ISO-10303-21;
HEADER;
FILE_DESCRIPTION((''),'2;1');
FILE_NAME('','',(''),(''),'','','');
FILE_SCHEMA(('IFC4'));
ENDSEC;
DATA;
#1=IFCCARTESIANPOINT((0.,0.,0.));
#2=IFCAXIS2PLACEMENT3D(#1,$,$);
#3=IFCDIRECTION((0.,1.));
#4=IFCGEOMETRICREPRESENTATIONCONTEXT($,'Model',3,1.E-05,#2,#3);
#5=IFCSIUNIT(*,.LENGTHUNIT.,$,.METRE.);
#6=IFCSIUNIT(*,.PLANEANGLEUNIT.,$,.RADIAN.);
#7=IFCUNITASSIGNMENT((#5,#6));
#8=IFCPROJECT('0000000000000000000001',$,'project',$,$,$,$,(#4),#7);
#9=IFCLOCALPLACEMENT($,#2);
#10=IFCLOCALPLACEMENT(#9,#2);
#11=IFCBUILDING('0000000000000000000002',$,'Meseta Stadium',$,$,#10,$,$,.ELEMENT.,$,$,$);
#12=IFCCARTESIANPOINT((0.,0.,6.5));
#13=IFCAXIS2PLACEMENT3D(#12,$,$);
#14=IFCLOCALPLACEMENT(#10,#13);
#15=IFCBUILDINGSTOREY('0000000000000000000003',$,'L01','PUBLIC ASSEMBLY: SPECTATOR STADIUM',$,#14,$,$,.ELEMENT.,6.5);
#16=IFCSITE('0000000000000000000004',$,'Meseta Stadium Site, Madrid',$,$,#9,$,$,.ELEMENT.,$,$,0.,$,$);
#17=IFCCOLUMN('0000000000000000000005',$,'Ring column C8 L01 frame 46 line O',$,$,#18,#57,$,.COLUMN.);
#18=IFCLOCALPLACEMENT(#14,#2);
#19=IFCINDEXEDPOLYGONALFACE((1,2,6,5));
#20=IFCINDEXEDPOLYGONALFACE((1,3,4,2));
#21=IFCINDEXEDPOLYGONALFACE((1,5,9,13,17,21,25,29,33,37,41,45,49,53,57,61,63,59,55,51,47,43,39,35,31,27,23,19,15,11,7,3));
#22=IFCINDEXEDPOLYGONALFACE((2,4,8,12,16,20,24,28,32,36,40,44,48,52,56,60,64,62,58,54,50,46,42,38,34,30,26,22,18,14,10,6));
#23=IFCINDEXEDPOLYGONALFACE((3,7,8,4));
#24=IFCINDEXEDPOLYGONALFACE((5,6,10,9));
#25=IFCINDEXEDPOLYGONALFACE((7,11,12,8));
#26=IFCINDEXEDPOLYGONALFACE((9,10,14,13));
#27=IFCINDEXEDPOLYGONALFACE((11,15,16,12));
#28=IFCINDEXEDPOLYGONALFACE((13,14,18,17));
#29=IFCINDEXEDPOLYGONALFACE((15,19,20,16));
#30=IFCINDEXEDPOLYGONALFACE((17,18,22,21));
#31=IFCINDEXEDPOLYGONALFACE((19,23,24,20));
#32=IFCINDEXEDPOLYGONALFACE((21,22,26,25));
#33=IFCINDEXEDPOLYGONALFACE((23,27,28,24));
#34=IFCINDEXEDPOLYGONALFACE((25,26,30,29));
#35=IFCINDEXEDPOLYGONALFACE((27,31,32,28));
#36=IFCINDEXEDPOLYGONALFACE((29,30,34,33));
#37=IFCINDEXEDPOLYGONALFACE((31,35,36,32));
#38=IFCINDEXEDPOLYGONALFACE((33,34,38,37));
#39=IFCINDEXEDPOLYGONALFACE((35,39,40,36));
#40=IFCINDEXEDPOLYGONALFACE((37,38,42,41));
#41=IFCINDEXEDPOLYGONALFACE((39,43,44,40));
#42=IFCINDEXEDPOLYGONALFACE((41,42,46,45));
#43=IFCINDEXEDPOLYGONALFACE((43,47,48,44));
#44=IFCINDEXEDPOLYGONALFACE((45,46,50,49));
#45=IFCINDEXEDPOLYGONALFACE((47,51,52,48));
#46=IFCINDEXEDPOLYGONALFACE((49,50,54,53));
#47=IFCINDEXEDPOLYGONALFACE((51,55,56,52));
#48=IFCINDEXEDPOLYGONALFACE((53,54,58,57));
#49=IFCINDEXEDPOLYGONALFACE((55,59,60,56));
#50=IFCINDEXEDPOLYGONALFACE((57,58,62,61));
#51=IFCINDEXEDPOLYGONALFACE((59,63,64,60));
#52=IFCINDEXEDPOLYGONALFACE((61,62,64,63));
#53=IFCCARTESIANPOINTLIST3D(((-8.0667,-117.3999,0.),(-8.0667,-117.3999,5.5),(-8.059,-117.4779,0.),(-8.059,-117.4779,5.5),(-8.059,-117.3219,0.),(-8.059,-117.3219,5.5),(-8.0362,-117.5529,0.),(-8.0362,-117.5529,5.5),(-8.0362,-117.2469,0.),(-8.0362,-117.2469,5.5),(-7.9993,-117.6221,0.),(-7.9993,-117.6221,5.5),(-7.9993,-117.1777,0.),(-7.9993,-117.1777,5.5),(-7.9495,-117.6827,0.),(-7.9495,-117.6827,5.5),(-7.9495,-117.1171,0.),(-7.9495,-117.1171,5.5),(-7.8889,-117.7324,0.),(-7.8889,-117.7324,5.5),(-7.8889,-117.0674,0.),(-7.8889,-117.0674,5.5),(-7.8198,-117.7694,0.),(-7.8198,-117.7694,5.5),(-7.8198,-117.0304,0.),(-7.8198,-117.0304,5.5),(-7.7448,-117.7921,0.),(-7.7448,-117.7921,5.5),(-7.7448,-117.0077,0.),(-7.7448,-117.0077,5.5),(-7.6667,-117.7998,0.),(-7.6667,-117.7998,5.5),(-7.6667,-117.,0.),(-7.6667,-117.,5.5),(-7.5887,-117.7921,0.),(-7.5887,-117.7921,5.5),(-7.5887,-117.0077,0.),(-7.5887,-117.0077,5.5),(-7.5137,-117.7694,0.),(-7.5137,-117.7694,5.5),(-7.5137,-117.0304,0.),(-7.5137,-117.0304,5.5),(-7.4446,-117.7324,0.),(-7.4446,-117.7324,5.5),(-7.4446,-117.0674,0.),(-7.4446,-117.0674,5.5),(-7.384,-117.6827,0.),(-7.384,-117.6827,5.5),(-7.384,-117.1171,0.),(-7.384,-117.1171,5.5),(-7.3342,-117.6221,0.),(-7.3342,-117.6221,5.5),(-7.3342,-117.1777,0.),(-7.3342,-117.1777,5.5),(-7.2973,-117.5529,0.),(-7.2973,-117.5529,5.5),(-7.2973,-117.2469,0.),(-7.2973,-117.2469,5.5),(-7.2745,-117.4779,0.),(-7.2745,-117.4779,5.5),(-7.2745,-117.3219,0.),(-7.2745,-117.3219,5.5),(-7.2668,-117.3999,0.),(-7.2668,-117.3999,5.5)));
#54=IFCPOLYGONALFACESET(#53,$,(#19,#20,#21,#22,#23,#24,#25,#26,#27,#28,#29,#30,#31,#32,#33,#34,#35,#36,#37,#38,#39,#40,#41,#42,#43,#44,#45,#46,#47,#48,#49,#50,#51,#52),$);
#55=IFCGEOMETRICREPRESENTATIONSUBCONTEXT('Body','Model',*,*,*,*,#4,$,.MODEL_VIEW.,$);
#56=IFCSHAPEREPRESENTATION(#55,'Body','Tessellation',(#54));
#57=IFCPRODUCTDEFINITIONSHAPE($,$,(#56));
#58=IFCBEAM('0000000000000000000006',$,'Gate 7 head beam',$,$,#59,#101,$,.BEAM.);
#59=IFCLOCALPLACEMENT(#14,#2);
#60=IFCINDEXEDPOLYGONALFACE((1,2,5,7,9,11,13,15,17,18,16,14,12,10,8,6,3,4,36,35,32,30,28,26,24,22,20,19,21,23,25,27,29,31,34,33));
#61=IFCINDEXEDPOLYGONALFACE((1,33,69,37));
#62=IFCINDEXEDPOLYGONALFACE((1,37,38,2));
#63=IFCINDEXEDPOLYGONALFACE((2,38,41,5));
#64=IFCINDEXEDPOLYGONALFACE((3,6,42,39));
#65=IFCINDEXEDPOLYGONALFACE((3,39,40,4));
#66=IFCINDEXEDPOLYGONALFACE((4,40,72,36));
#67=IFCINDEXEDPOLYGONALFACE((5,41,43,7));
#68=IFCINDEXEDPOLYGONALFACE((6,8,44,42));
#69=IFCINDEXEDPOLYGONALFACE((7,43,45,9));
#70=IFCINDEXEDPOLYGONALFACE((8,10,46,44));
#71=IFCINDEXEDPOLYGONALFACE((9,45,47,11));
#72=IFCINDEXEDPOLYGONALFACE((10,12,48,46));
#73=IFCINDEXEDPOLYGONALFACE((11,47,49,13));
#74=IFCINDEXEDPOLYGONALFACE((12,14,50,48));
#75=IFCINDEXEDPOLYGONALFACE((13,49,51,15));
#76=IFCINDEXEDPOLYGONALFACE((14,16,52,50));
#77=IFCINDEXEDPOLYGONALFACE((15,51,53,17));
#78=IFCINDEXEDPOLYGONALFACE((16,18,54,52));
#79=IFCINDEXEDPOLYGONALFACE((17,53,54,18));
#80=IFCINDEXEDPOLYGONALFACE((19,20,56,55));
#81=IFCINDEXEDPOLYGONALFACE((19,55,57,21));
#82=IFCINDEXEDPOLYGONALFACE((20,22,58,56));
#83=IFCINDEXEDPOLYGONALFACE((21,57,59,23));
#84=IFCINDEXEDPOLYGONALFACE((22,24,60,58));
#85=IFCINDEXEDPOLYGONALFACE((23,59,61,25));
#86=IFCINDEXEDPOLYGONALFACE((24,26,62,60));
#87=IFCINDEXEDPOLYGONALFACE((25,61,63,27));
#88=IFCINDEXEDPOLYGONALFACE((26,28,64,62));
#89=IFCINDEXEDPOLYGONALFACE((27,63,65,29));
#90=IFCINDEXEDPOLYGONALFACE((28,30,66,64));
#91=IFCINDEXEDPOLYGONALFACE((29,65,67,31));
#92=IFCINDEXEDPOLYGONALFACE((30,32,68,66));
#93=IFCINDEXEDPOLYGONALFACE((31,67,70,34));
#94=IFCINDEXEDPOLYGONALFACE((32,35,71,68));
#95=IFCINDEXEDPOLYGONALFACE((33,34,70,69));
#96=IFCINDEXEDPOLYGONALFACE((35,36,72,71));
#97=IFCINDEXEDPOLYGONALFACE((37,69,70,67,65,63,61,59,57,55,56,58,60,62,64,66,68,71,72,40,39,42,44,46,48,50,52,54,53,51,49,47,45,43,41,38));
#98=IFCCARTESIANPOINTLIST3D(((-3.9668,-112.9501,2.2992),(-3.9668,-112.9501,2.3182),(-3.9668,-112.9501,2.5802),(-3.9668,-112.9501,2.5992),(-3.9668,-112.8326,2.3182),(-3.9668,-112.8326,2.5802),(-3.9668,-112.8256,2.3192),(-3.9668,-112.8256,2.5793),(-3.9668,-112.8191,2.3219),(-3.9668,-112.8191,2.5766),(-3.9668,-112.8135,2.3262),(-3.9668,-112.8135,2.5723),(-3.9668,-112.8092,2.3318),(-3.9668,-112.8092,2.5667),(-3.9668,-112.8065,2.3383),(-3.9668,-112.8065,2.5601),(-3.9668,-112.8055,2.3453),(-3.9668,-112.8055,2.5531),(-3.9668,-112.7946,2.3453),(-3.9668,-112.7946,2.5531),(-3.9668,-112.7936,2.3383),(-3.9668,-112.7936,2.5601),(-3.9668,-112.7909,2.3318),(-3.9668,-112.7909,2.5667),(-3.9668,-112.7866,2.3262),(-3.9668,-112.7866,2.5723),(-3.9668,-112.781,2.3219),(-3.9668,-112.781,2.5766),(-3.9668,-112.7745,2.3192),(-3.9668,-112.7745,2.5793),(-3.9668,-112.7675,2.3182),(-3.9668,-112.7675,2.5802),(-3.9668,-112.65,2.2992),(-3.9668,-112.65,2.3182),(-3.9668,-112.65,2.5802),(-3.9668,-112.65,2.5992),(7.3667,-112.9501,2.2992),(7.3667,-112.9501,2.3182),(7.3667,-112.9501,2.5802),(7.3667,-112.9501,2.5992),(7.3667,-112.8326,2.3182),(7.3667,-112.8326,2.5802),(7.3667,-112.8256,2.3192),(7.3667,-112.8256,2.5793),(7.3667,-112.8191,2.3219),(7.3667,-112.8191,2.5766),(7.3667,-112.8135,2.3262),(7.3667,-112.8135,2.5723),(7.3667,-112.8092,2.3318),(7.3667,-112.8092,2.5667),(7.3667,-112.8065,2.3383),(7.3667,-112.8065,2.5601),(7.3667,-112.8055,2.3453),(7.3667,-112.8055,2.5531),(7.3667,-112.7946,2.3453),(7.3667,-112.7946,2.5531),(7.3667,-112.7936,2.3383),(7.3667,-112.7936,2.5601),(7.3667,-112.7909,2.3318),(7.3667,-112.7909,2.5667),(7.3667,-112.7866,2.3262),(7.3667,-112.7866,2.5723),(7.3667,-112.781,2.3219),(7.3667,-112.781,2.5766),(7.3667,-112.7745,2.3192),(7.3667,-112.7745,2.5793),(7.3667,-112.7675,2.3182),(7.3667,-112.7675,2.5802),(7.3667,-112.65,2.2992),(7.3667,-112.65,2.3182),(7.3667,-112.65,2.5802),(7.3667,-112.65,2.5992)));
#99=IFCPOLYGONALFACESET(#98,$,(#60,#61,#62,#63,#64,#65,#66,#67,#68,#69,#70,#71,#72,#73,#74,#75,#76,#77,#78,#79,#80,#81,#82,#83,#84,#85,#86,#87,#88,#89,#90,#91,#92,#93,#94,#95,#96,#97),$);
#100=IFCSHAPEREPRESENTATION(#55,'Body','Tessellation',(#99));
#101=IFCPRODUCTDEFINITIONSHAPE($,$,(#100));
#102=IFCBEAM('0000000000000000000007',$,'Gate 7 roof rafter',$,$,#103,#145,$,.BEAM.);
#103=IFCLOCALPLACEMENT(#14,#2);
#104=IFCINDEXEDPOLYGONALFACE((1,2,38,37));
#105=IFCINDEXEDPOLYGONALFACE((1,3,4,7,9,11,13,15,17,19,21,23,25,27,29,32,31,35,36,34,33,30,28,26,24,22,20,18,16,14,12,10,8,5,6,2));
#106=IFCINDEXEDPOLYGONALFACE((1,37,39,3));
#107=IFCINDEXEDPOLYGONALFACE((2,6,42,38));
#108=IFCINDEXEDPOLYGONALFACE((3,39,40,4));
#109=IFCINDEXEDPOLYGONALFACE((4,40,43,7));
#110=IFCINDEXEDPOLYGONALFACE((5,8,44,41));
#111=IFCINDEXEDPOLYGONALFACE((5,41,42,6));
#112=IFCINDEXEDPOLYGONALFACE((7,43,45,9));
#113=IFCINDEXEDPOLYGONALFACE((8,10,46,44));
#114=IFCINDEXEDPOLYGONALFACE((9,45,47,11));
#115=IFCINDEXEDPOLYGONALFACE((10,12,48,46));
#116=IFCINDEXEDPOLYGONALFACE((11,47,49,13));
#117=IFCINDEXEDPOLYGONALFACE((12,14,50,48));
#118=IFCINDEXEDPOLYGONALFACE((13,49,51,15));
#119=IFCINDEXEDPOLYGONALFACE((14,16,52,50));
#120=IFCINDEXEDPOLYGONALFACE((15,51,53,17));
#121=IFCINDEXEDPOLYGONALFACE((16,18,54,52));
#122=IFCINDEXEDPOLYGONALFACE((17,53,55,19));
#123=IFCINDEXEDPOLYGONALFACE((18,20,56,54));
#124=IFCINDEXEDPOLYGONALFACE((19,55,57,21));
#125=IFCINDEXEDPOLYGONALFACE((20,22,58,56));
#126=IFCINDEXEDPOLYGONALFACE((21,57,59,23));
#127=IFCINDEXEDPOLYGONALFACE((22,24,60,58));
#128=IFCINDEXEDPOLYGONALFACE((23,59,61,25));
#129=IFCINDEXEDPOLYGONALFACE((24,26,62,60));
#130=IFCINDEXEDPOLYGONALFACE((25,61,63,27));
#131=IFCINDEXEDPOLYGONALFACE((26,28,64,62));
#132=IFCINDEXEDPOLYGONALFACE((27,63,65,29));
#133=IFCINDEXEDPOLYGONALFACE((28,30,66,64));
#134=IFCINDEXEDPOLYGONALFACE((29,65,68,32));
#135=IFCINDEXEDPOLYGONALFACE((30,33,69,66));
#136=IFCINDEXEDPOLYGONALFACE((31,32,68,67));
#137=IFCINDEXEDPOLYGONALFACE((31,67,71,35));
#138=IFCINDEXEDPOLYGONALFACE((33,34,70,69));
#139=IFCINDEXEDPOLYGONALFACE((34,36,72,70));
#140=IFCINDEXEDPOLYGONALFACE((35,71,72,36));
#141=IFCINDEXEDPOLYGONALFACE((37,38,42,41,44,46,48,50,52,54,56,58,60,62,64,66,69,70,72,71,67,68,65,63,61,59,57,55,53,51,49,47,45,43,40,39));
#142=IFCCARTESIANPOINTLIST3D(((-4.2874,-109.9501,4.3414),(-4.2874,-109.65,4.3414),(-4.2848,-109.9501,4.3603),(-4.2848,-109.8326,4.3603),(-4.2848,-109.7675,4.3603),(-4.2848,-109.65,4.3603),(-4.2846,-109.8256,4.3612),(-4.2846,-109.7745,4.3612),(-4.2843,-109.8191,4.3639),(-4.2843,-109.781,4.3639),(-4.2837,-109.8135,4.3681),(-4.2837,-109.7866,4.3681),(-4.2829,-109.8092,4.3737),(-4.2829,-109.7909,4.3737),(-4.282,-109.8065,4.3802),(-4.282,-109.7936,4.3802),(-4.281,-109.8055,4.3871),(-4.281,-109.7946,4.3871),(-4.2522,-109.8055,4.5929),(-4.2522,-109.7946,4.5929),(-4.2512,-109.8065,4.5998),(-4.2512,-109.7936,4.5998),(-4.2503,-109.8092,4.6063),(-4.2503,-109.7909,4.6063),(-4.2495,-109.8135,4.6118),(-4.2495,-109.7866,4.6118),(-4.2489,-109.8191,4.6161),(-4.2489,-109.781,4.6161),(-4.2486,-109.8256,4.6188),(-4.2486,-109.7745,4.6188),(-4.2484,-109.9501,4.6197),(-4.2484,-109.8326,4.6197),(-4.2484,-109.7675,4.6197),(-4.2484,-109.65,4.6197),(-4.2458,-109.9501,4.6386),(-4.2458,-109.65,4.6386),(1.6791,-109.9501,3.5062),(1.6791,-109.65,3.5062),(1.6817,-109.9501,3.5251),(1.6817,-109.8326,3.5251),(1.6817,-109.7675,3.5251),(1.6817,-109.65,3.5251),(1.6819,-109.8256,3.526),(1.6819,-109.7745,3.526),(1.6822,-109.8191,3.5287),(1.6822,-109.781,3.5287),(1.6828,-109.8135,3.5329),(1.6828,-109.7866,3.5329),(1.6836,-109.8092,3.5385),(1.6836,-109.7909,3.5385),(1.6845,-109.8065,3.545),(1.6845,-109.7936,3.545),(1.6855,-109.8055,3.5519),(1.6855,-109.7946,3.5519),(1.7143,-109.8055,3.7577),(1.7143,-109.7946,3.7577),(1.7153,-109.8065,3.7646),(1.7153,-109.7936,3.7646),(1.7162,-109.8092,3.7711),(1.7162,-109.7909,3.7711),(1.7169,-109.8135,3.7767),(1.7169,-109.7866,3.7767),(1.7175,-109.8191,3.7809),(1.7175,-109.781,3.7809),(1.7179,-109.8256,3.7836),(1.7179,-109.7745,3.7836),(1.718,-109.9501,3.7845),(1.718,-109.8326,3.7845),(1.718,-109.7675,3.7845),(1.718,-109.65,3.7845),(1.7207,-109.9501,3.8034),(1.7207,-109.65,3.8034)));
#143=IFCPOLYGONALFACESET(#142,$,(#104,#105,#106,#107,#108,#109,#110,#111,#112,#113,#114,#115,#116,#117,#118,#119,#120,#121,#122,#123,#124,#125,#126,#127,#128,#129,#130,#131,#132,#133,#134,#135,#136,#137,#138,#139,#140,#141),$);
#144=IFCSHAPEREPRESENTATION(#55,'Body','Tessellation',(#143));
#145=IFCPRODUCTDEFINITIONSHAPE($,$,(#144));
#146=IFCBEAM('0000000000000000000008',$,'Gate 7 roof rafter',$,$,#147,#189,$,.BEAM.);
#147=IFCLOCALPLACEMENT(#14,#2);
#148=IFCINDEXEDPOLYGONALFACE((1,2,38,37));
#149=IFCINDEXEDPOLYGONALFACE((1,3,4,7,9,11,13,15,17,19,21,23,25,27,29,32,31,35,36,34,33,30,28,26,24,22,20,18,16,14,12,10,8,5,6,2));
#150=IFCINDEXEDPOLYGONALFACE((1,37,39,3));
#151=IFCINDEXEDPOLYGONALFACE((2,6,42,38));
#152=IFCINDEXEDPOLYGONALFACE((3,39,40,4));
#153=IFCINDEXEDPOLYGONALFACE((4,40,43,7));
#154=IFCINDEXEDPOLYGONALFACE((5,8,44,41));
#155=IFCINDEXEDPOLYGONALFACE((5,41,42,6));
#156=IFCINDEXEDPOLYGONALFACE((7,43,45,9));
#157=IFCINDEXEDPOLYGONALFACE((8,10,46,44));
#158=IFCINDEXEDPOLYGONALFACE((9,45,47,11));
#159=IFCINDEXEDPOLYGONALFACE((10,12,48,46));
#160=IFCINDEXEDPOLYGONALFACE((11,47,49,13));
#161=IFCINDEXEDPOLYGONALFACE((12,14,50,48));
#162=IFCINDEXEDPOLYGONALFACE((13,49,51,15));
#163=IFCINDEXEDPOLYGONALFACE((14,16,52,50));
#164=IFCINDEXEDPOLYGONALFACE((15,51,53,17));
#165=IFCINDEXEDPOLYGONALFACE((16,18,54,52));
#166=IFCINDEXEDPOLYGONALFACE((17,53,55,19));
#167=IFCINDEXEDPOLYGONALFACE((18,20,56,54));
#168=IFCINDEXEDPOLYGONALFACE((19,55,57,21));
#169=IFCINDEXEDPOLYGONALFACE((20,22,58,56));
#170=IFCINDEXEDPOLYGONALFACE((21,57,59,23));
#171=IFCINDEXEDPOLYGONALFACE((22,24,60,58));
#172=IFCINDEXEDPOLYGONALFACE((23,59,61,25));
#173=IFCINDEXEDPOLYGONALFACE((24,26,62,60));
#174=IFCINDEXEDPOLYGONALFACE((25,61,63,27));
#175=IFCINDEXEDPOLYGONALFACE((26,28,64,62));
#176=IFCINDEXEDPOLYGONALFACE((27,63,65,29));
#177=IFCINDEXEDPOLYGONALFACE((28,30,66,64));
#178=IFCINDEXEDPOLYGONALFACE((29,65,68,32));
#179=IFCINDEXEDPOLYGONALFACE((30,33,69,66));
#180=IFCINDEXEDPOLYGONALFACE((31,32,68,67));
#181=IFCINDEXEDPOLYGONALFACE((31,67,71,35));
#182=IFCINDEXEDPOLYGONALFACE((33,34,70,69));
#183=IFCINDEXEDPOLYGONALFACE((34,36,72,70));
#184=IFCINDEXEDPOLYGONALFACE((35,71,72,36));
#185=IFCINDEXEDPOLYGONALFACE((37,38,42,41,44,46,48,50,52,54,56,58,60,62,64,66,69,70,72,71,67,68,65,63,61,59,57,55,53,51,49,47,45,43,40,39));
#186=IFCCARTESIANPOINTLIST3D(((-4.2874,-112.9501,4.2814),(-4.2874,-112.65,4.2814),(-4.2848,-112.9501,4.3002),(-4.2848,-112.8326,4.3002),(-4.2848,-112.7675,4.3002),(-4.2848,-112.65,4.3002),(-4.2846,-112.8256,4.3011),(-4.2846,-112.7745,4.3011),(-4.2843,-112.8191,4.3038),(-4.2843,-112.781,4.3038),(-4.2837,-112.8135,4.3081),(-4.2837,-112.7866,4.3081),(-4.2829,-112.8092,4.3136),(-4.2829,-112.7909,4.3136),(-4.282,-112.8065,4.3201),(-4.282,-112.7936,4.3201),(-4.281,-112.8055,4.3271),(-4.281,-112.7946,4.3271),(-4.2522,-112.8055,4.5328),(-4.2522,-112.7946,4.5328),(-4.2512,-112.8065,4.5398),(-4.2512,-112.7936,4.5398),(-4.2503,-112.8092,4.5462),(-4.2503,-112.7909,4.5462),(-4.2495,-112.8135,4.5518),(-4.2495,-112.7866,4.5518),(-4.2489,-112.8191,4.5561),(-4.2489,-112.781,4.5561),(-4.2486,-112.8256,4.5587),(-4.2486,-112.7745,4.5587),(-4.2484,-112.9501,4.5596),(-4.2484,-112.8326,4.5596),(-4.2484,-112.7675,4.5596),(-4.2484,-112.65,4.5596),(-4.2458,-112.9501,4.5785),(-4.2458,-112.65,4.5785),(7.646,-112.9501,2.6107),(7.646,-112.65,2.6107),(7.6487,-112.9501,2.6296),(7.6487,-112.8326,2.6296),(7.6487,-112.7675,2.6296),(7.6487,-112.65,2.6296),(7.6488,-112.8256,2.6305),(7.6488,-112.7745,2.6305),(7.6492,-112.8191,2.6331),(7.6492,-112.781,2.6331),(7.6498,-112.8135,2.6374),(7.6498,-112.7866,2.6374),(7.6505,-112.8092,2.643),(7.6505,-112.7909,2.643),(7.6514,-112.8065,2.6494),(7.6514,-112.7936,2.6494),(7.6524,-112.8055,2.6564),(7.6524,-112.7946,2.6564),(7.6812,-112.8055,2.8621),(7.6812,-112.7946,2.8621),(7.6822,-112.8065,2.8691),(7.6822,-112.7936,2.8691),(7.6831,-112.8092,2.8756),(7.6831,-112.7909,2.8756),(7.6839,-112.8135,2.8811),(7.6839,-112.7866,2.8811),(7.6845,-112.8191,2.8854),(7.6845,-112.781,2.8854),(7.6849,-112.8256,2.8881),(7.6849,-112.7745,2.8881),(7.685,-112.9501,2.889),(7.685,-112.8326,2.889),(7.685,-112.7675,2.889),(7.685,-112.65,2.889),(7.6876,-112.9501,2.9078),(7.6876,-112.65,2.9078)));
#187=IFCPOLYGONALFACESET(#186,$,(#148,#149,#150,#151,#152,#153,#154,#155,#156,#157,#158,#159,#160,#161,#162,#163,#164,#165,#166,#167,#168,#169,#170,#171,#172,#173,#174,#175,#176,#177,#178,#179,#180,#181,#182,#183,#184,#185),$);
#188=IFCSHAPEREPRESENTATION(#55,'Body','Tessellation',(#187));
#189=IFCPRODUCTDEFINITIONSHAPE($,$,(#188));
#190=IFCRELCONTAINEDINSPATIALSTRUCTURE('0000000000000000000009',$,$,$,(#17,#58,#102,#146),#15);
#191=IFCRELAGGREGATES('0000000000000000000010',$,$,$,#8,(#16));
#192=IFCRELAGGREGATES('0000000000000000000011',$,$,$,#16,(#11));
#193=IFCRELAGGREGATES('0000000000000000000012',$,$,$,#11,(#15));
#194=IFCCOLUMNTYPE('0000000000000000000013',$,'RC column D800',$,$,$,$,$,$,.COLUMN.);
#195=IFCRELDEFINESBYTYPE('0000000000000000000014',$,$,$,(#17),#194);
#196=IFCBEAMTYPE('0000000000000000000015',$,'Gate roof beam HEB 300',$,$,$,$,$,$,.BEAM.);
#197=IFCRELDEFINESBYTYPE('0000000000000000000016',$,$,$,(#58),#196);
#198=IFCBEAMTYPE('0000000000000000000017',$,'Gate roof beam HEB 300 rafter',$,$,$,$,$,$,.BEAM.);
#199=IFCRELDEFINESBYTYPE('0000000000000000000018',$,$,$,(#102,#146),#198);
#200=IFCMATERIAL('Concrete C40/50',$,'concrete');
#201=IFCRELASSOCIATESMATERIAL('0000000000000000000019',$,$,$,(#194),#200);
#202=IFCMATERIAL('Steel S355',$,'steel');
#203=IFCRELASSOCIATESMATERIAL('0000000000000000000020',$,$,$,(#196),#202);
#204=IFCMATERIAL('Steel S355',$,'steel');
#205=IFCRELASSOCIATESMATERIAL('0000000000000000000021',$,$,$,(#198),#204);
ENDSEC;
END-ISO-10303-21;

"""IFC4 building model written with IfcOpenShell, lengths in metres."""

from ifc_helpers import new_model, si_unit, direction, frame, origin, origin_2d, place, context, subcontext, project, spatial, circle, i_section, extrude, material, material_profile, profile_set, type_object, element, save


model = new_model("IFC4")

# Units and contexts
model_context = context("Model", 3, precision=1e-05, world=origin(), true_north=direction((0.0, 1.0)))
body_context = subcontext(model_context, "Body", "Model", "MODEL_VIEW")
ifc_project = project(units=[si_unit("LENGTHUNIT", "METRE"), si_unit("PLANEANGLEUNIT", "RADIAN")], contexts=[model_context])

# Site, building, storey
site_placement = place(None, origin())
site = spatial("IfcSite", under=ifc_project, at=site_placement, Name="Meseta Stadium Site, Madrid", CompositionType="ELEMENT", RefElevation=0.0)
building_placement = place(site_placement, origin())
building = spatial("IfcBuilding", under=site, at=building_placement, Name="Meseta Stadium", CompositionType="ELEMENT")
storey_placement = place(building_placement, frame((0.0, 0.0, 6.5)))
storey = spatial("IfcBuildingStorey", under=building, at=storey_placement, Name="L01", Description="PUBLIC ASSEMBLY: SPECTATOR STADIUM", CompositionType="ELEMENT", Elevation=6.5)

# Column
ifc_material_1 = material(Name="Concrete C40/50", Category="concrete")
ifc_material_profile_1 = material_profile(ifc_material_1, circle(Radius=0.3999, at=origin_2d()), Name="RC D800")
ifc_profile_set_1 = profile_set([ifc_material_profile_1], Name="Concrete C40/50")
column_type_1 = type_object("IfcColumnType", Name="RC column D800", PredefinedType="COLUMN", material=ifc_profile_set_1)
for number, where, z_axis, x_axis, name in (
    (1, (-7.6667, -117.3999, 0.0), (0.0, 0.0, 1.0), (1.0, 0.0, 0.0), "Ring column C8 L01 frame 46 line O"),
):
    element("IfcColumn", number, at=place(storey_placement, frame(where, z_axis=z_axis, x_axis=x_axis)), inside=storey, type_object=column_type_1, Name=name, PredefinedType="COLUMN", context=body_context, shape_type="SweptSolid", body=[
        extrude(circle(Radius=0.3999, at=origin_2d()), origin(), (0.0, 0.0, 1.0), 5.5),
    ])

# Beams
ifc_material_2 = material(Name="Steel S355", Category="steel")
ifc_material_profile_2 = material_profile(ifc_material_2, i_section(OverallWidth=0.3, OverallDepth=0.3, WebThickness=0.011, FlangeThickness=0.019, FilletRadius=0.0271, at=origin_2d()), Name="HEB 300")
ifc_profile_set_2 = profile_set([ifc_material_profile_2], Name="Steel S355")
beam_type_1 = type_object("IfcBeamType", Name="Gate roof beam HEB 300", PredefinedType="BEAM", material=ifc_profile_set_2)
beam_1_placement = place(storey_placement, frame((-3.9668, -112.8, 2.4492), z_axis=(1.0, 0.0, 0.0), x_axis=(0.0, 1.0, 0.0)))
element("IfcBeam", 2, at=beam_1_placement, inside=storey, type_object=beam_type_1, Name="Gate 7 head beam", PredefinedType="BEAM", context=body_context, shape_type="SweptSolid", body=[
    extrude(i_section(OverallWidth=0.3, OverallDepth=0.3, WebThickness=0.011, FlangeThickness=0.019, FilletRadius=0.0271, at=origin_2d()), origin(), (0.0, 0.0, 1.0), 11.3335),
])
ifc_material_3 = material(Name="Steel S355", Category="steel")
ifc_material_profile_3 = material_profile(ifc_material_3, i_section(OverallWidth=0.3, OverallDepth=0.3, WebThickness=0.011, FlangeThickness=0.019, FilletRadius=0.0271, at=origin_2d()), Name="HEB 300")
ifc_profile_set_3 = profile_set([ifc_material_profile_3], Name="Steel S355")
beam_type_2 = type_object("IfcBeamType", Name="Gate roof beam HEB 300 rafter", PredefinedType="BEAM", material=ifc_profile_set_3)
beam_2_placement = place(storey_placement, frame((-4.2666, -109.8, 4.49), z_axis=(0.990344, 0.0, -0.13863), x_axis=(0.0, 1.0, 0.0)))
element("IfcBeam", 3, at=beam_2_placement, inside=storey, type_object=beam_type_2, Name="Gate 7 roof rafter", PredefinedType="BEAM", context=body_context, shape_type="SweptSolid", body=[
    extrude(i_section(OverallWidth=0.3, OverallDepth=0.3, WebThickness=0.011, FlangeThickness=0.019, FilletRadius=0.0271, at=origin_2d()), origin(), (0.0, 0.0, 1.0), 6.0247),
])
beam_3_placement = place(storey_placement, frame((-4.2666, -112.8, 4.4299), z_axis=(0.990342, 0.0, -0.138647), x_axis=(0.0, 1.0, 0.0)))
element("IfcBeam", 4, at=beam_3_placement, inside=storey, type_object=beam_type_2, Name="Gate 7 roof rafter", PredefinedType="BEAM", context=body_context, shape_type="SweptSolid", body=[
    extrude(i_section(OverallWidth=0.3, OverallDepth=0.3, WebThickness=0.011, FlangeThickness=0.019, FilletRadius=0.0271, at=origin_2d()), origin(), (0.0, 0.0, 1.0), 12.0498),
])

save(model, "model.ifc")
